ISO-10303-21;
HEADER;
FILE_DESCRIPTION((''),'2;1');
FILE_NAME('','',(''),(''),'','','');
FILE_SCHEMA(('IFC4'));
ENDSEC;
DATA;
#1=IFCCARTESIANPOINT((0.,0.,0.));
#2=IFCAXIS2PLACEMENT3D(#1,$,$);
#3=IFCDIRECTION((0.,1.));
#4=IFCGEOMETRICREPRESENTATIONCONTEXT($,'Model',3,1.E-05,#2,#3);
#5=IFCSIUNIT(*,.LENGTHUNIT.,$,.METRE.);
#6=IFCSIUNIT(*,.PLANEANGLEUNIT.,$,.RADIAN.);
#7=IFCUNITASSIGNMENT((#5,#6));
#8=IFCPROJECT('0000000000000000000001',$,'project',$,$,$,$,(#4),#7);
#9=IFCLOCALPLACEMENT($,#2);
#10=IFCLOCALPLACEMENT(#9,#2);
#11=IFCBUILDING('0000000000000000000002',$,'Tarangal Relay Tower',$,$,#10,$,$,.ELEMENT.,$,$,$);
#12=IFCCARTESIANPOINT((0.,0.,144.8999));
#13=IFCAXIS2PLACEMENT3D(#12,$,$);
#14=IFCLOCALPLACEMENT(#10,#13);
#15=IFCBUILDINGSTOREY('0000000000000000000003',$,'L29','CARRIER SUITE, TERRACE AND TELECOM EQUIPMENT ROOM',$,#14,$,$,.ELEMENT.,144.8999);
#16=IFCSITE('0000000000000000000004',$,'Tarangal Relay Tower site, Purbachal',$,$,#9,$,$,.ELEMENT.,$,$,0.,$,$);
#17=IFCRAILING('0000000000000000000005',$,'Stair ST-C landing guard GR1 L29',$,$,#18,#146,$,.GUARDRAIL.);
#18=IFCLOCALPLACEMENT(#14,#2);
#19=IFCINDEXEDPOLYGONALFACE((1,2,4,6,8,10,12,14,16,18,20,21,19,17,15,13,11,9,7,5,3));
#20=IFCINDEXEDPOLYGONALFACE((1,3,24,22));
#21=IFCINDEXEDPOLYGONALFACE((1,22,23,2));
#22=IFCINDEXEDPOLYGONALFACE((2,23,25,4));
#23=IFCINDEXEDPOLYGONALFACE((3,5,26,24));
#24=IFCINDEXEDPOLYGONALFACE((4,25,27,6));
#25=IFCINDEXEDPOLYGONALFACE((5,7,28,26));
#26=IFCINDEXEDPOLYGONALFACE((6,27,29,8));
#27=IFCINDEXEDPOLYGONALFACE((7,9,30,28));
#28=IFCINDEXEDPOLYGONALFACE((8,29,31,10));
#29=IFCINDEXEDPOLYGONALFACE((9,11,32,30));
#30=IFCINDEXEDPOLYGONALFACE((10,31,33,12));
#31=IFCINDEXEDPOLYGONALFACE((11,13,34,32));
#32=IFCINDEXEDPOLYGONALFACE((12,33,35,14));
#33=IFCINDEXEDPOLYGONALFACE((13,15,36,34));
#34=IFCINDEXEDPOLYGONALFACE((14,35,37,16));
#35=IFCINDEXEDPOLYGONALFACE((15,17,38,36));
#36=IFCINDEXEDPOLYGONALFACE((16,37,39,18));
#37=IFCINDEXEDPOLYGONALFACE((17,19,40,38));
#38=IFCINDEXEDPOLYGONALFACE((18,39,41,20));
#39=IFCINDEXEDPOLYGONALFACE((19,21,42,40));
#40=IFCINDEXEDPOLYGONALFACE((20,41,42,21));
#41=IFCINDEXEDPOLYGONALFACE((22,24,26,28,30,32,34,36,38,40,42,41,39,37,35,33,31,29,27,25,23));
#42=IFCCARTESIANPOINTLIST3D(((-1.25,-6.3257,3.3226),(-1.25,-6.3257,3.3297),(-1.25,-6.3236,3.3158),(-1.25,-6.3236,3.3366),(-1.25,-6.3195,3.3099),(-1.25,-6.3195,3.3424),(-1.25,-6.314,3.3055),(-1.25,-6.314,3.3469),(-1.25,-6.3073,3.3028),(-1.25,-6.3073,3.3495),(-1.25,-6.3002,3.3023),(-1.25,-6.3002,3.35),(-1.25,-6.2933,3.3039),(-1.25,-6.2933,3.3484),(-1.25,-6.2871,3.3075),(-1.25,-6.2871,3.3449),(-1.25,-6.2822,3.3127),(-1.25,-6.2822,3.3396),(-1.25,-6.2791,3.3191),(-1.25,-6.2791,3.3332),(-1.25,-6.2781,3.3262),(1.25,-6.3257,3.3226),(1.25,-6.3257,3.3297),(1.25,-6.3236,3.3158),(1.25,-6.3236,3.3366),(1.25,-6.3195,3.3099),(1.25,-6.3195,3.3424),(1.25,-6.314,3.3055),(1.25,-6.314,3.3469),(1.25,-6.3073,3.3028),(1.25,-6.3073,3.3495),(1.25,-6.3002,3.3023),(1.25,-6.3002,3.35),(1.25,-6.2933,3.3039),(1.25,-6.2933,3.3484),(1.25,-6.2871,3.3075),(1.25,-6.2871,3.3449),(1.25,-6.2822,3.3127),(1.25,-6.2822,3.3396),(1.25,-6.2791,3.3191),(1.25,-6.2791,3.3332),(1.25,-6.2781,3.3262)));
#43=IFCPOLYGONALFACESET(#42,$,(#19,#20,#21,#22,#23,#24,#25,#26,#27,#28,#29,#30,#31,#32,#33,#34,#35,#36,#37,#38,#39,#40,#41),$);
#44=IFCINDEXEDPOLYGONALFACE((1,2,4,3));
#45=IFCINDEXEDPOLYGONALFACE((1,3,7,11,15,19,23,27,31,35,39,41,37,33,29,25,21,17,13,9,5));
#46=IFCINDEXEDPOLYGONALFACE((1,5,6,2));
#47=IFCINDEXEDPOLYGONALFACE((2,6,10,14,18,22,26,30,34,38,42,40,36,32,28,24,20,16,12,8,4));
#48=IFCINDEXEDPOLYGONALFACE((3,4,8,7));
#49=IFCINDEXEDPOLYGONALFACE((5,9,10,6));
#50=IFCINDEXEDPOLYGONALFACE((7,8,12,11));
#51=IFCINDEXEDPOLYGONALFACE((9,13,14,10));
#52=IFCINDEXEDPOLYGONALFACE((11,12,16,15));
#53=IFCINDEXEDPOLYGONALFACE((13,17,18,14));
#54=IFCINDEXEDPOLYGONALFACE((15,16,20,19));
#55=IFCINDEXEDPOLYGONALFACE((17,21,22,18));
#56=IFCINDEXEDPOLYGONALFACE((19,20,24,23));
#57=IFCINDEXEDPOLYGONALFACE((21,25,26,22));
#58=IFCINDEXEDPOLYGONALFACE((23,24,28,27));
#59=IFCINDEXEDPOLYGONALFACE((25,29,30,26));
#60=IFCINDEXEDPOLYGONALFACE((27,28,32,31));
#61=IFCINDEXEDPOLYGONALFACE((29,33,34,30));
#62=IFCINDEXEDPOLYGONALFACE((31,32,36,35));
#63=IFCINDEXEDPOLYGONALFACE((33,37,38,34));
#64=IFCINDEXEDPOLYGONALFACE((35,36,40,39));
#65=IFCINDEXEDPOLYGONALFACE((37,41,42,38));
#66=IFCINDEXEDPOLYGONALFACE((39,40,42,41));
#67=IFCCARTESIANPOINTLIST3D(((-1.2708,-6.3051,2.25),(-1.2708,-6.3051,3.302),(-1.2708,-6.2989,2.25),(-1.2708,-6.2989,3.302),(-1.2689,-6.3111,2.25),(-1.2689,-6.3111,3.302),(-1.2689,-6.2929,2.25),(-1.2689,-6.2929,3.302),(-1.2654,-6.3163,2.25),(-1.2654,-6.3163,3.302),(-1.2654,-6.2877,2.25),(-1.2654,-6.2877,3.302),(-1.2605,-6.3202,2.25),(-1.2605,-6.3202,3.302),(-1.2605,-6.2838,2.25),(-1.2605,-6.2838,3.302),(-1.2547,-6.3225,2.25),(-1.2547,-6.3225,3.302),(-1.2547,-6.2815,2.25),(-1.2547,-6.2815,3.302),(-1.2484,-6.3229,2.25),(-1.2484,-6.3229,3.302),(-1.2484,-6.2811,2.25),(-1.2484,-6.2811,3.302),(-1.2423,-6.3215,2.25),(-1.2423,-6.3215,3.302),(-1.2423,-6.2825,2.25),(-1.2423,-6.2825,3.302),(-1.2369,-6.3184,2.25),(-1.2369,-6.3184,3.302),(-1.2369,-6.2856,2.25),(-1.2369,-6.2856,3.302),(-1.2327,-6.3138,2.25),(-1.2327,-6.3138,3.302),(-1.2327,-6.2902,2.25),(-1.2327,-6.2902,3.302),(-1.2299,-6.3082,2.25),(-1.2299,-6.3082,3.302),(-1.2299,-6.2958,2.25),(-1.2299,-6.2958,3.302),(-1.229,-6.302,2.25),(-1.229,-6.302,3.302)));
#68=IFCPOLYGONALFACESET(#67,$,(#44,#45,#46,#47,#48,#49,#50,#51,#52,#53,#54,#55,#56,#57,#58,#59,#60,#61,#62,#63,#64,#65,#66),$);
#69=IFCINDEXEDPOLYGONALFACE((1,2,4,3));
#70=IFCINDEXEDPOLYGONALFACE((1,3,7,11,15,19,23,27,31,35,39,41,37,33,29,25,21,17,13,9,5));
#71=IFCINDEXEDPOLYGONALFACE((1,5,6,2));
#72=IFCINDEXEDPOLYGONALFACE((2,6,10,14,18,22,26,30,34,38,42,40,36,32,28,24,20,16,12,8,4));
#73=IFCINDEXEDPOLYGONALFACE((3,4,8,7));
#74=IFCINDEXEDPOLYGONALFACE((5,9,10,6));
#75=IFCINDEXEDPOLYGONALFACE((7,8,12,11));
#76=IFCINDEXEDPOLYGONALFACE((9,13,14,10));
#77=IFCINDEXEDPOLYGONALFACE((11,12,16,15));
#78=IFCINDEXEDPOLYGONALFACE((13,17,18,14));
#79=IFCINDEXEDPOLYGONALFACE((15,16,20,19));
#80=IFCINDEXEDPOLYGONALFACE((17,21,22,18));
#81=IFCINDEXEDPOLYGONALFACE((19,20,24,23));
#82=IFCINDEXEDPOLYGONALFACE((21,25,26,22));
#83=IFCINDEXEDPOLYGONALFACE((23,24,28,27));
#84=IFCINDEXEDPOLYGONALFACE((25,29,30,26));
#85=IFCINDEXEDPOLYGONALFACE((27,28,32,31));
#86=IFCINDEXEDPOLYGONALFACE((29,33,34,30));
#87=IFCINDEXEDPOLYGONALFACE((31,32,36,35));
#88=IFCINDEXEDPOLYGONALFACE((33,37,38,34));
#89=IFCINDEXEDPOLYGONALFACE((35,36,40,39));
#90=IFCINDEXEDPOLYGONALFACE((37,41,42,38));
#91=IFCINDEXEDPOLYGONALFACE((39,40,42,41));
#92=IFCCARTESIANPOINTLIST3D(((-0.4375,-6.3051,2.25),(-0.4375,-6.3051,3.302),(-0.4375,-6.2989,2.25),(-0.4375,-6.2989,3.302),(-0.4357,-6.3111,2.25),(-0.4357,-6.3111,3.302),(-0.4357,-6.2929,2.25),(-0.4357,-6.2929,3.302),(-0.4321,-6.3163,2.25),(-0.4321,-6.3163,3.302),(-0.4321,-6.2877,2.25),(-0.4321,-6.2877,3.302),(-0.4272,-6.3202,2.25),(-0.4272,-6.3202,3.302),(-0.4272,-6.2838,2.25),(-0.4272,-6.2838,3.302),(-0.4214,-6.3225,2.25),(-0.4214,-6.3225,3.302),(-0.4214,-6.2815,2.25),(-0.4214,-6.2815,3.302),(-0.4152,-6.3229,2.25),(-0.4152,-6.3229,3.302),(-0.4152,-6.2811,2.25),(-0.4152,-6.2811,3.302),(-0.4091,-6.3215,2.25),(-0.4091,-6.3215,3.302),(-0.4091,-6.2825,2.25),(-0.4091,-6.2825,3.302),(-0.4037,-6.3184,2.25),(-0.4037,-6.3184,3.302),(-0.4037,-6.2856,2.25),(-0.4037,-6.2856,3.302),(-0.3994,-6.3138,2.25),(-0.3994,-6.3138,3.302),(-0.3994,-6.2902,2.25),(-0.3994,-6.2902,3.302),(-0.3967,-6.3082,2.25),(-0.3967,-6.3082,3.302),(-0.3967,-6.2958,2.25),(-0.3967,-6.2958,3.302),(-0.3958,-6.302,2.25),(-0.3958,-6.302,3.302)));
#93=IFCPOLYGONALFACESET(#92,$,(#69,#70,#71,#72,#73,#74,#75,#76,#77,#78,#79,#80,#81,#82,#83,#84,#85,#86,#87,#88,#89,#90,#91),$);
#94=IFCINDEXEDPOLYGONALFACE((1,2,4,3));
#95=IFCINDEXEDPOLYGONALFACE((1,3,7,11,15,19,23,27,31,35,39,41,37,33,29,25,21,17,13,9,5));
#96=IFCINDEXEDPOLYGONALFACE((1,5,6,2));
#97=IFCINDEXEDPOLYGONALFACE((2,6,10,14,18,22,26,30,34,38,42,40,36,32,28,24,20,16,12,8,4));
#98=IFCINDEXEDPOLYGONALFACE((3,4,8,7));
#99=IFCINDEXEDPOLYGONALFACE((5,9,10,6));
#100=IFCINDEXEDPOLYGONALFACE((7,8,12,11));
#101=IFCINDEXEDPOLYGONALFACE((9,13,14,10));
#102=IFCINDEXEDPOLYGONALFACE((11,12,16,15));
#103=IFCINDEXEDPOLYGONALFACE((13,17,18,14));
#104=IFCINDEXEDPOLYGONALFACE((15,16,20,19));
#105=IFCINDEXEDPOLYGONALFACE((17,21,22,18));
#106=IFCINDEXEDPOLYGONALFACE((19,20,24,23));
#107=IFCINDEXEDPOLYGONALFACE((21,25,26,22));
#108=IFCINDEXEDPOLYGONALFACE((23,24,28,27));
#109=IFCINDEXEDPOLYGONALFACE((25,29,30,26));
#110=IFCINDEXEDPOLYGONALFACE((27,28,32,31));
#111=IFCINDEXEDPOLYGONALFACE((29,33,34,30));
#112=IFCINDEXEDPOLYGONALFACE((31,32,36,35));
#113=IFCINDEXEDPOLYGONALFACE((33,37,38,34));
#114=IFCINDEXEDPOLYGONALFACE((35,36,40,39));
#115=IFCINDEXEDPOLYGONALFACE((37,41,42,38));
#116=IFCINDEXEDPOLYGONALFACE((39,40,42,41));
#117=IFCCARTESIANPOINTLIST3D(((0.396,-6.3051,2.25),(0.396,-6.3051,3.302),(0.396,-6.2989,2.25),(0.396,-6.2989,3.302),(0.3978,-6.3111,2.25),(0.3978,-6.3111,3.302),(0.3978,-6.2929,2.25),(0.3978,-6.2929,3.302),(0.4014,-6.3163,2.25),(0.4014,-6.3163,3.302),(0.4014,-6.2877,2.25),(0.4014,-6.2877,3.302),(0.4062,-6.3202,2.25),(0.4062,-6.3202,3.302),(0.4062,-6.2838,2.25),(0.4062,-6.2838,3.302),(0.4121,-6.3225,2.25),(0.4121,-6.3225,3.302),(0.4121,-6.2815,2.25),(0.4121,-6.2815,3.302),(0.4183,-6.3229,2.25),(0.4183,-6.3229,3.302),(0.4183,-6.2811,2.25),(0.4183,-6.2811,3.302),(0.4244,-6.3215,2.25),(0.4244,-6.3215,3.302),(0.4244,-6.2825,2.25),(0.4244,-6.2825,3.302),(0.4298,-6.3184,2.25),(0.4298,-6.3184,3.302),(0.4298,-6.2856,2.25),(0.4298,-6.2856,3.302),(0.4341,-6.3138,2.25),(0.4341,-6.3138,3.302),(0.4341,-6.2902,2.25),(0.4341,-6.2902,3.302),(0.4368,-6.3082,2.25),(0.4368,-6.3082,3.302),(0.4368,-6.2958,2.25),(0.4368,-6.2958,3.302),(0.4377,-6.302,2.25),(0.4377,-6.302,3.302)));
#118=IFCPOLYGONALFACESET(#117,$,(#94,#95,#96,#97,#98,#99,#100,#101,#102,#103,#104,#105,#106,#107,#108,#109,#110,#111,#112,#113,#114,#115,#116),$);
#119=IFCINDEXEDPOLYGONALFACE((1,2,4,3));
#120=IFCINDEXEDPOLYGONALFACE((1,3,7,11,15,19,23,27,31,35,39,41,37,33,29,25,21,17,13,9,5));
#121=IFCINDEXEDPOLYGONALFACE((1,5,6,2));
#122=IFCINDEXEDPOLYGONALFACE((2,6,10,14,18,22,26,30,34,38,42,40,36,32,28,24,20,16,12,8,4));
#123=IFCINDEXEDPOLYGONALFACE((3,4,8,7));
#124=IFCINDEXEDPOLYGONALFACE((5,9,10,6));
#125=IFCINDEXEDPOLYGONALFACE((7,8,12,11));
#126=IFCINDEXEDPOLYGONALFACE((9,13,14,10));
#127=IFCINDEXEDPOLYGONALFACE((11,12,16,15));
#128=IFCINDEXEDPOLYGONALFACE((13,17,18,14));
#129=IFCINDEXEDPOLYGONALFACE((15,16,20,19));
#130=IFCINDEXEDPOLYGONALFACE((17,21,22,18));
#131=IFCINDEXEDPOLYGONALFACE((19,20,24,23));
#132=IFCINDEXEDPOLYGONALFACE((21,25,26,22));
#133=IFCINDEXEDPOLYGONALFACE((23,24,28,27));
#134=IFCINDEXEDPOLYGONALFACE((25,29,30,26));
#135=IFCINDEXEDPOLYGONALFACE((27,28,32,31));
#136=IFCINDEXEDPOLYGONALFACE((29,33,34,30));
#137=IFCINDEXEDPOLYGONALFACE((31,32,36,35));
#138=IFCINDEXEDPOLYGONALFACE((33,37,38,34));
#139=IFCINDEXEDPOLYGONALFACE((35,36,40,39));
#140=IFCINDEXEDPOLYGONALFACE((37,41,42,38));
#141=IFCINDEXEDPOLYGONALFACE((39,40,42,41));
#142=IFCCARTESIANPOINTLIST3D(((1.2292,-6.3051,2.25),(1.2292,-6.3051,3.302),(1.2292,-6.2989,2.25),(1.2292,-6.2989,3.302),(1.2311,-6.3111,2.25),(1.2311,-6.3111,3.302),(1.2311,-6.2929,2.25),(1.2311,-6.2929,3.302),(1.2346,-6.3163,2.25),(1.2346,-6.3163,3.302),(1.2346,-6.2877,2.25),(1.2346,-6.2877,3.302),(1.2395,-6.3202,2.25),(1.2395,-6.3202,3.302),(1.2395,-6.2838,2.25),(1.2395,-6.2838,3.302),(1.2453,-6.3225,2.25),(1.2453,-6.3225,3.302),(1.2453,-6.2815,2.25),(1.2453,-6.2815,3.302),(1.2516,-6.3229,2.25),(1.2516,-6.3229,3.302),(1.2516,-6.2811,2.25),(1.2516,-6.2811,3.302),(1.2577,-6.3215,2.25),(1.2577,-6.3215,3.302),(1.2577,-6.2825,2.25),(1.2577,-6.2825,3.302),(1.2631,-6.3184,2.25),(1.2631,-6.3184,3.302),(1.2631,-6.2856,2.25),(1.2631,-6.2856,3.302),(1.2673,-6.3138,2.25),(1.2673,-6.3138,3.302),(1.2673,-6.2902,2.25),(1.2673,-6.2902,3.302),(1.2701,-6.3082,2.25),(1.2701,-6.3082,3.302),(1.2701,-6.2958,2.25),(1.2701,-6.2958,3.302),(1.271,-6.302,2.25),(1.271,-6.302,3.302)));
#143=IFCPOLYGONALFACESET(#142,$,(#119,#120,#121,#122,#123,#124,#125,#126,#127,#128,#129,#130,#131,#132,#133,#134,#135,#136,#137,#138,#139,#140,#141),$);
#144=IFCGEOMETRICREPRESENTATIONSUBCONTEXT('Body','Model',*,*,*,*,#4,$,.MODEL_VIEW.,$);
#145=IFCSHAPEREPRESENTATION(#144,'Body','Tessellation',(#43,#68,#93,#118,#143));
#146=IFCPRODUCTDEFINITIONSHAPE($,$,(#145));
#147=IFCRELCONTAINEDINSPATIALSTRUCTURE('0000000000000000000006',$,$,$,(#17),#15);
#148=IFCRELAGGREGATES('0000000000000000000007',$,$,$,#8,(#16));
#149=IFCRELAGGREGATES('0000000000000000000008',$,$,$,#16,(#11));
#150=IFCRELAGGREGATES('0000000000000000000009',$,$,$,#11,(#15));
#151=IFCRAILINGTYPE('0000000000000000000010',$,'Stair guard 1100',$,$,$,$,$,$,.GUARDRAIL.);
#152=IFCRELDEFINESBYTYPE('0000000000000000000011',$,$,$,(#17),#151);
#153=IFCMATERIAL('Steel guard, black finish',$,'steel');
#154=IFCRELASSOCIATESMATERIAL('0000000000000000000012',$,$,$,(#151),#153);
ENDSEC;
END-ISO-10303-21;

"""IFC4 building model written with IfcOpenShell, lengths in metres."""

from ifc_helpers import new_model, si_unit, direction, frame, origin, origin_2d, place, context, subcontext, project, spatial, circle, extrude, material, type_object, element, save


model = new_model("IFC4")

# Units and contexts
model_context = context("Model", 3, precision=1e-05, world=origin(), true_north=direction((0.0, 1.0)))
body_context = subcontext(model_context, "Body", "Model", "MODEL_VIEW")
ifc_project = project(units=[si_unit("LENGTHUNIT", "METRE"), si_unit("PLANEANGLEUNIT", "RADIAN")], contexts=[model_context])

# Site, building, storey
site_placement = place(None, origin())
site = spatial("IfcSite", under=ifc_project, at=site_placement, Name="Tarangal Relay Tower site, Purbachal", CompositionType="ELEMENT", RefElevation=0.0)
building_placement = place(site_placement, origin())
building = spatial("IfcBuilding", under=site, at=building_placement, Name="Tarangal Relay Tower", CompositionType="ELEMENT")
storey_placement = place(building_placement, frame((0.0, 0.0, 144.8999)))
storey = spatial("IfcBuildingStorey", under=building, at=storey_placement, Name="L29", Description="CARRIER SUITE, TERRACE AND TELECOM EQUIPMENT ROOM", CompositionType="ELEMENT", Elevation=144.8999)

# Railing
ifc_material_1 = material(Name="Steel guard, black finish", Category="steel")
railing_type_1 = type_object("IfcRailingType", Name="Stair guard 1100", PredefinedType="GUARDRAIL", material=ifc_material_1)
for number, where, name in (
    (1, (-1.25, -6.302, 2.25), "Stair ST-C landing guard GR1 L29"),
):
    element("IfcRailing", number, at=place(storey_placement, frame(where)), inside=storey, type_object=railing_type_1, Name=name, PredefinedType="GUARDRAIL", context=body_context, shape_type="SweptSolid", body=[
        extrude(circle(Radius=0.0239, at=origin_2d()), frame((0.0, 0.0, 1.0762), z_axis=(1.0, 0.0, 0.0), x_axis=(0.0, 1.0, 0.0)), (0.0, 0.0, 1.0), 2.5),
        extrude(circle(Radius=0.021, at=origin_2d()), origin(), (0.0, 0.0, 1.0), 1.052),
        extrude(circle(Radius=0.021, at=origin_2d()), frame((0.8333, 0.0, 0.0)), (0.0, 0.0, 1.0), 1.052),
        extrude(circle(Radius=0.021, at=origin_2d()), frame((1.6667, 0.0, 0.0)), (0.0, 0.0, 1.0), 1.052),
        extrude(circle(Radius=0.021, at=origin_2d()), frame((2.5, 0.0, 0.0)), (0.0, 0.0, 1.0), 1.052),
    ])

save(model, "model.ifc")
